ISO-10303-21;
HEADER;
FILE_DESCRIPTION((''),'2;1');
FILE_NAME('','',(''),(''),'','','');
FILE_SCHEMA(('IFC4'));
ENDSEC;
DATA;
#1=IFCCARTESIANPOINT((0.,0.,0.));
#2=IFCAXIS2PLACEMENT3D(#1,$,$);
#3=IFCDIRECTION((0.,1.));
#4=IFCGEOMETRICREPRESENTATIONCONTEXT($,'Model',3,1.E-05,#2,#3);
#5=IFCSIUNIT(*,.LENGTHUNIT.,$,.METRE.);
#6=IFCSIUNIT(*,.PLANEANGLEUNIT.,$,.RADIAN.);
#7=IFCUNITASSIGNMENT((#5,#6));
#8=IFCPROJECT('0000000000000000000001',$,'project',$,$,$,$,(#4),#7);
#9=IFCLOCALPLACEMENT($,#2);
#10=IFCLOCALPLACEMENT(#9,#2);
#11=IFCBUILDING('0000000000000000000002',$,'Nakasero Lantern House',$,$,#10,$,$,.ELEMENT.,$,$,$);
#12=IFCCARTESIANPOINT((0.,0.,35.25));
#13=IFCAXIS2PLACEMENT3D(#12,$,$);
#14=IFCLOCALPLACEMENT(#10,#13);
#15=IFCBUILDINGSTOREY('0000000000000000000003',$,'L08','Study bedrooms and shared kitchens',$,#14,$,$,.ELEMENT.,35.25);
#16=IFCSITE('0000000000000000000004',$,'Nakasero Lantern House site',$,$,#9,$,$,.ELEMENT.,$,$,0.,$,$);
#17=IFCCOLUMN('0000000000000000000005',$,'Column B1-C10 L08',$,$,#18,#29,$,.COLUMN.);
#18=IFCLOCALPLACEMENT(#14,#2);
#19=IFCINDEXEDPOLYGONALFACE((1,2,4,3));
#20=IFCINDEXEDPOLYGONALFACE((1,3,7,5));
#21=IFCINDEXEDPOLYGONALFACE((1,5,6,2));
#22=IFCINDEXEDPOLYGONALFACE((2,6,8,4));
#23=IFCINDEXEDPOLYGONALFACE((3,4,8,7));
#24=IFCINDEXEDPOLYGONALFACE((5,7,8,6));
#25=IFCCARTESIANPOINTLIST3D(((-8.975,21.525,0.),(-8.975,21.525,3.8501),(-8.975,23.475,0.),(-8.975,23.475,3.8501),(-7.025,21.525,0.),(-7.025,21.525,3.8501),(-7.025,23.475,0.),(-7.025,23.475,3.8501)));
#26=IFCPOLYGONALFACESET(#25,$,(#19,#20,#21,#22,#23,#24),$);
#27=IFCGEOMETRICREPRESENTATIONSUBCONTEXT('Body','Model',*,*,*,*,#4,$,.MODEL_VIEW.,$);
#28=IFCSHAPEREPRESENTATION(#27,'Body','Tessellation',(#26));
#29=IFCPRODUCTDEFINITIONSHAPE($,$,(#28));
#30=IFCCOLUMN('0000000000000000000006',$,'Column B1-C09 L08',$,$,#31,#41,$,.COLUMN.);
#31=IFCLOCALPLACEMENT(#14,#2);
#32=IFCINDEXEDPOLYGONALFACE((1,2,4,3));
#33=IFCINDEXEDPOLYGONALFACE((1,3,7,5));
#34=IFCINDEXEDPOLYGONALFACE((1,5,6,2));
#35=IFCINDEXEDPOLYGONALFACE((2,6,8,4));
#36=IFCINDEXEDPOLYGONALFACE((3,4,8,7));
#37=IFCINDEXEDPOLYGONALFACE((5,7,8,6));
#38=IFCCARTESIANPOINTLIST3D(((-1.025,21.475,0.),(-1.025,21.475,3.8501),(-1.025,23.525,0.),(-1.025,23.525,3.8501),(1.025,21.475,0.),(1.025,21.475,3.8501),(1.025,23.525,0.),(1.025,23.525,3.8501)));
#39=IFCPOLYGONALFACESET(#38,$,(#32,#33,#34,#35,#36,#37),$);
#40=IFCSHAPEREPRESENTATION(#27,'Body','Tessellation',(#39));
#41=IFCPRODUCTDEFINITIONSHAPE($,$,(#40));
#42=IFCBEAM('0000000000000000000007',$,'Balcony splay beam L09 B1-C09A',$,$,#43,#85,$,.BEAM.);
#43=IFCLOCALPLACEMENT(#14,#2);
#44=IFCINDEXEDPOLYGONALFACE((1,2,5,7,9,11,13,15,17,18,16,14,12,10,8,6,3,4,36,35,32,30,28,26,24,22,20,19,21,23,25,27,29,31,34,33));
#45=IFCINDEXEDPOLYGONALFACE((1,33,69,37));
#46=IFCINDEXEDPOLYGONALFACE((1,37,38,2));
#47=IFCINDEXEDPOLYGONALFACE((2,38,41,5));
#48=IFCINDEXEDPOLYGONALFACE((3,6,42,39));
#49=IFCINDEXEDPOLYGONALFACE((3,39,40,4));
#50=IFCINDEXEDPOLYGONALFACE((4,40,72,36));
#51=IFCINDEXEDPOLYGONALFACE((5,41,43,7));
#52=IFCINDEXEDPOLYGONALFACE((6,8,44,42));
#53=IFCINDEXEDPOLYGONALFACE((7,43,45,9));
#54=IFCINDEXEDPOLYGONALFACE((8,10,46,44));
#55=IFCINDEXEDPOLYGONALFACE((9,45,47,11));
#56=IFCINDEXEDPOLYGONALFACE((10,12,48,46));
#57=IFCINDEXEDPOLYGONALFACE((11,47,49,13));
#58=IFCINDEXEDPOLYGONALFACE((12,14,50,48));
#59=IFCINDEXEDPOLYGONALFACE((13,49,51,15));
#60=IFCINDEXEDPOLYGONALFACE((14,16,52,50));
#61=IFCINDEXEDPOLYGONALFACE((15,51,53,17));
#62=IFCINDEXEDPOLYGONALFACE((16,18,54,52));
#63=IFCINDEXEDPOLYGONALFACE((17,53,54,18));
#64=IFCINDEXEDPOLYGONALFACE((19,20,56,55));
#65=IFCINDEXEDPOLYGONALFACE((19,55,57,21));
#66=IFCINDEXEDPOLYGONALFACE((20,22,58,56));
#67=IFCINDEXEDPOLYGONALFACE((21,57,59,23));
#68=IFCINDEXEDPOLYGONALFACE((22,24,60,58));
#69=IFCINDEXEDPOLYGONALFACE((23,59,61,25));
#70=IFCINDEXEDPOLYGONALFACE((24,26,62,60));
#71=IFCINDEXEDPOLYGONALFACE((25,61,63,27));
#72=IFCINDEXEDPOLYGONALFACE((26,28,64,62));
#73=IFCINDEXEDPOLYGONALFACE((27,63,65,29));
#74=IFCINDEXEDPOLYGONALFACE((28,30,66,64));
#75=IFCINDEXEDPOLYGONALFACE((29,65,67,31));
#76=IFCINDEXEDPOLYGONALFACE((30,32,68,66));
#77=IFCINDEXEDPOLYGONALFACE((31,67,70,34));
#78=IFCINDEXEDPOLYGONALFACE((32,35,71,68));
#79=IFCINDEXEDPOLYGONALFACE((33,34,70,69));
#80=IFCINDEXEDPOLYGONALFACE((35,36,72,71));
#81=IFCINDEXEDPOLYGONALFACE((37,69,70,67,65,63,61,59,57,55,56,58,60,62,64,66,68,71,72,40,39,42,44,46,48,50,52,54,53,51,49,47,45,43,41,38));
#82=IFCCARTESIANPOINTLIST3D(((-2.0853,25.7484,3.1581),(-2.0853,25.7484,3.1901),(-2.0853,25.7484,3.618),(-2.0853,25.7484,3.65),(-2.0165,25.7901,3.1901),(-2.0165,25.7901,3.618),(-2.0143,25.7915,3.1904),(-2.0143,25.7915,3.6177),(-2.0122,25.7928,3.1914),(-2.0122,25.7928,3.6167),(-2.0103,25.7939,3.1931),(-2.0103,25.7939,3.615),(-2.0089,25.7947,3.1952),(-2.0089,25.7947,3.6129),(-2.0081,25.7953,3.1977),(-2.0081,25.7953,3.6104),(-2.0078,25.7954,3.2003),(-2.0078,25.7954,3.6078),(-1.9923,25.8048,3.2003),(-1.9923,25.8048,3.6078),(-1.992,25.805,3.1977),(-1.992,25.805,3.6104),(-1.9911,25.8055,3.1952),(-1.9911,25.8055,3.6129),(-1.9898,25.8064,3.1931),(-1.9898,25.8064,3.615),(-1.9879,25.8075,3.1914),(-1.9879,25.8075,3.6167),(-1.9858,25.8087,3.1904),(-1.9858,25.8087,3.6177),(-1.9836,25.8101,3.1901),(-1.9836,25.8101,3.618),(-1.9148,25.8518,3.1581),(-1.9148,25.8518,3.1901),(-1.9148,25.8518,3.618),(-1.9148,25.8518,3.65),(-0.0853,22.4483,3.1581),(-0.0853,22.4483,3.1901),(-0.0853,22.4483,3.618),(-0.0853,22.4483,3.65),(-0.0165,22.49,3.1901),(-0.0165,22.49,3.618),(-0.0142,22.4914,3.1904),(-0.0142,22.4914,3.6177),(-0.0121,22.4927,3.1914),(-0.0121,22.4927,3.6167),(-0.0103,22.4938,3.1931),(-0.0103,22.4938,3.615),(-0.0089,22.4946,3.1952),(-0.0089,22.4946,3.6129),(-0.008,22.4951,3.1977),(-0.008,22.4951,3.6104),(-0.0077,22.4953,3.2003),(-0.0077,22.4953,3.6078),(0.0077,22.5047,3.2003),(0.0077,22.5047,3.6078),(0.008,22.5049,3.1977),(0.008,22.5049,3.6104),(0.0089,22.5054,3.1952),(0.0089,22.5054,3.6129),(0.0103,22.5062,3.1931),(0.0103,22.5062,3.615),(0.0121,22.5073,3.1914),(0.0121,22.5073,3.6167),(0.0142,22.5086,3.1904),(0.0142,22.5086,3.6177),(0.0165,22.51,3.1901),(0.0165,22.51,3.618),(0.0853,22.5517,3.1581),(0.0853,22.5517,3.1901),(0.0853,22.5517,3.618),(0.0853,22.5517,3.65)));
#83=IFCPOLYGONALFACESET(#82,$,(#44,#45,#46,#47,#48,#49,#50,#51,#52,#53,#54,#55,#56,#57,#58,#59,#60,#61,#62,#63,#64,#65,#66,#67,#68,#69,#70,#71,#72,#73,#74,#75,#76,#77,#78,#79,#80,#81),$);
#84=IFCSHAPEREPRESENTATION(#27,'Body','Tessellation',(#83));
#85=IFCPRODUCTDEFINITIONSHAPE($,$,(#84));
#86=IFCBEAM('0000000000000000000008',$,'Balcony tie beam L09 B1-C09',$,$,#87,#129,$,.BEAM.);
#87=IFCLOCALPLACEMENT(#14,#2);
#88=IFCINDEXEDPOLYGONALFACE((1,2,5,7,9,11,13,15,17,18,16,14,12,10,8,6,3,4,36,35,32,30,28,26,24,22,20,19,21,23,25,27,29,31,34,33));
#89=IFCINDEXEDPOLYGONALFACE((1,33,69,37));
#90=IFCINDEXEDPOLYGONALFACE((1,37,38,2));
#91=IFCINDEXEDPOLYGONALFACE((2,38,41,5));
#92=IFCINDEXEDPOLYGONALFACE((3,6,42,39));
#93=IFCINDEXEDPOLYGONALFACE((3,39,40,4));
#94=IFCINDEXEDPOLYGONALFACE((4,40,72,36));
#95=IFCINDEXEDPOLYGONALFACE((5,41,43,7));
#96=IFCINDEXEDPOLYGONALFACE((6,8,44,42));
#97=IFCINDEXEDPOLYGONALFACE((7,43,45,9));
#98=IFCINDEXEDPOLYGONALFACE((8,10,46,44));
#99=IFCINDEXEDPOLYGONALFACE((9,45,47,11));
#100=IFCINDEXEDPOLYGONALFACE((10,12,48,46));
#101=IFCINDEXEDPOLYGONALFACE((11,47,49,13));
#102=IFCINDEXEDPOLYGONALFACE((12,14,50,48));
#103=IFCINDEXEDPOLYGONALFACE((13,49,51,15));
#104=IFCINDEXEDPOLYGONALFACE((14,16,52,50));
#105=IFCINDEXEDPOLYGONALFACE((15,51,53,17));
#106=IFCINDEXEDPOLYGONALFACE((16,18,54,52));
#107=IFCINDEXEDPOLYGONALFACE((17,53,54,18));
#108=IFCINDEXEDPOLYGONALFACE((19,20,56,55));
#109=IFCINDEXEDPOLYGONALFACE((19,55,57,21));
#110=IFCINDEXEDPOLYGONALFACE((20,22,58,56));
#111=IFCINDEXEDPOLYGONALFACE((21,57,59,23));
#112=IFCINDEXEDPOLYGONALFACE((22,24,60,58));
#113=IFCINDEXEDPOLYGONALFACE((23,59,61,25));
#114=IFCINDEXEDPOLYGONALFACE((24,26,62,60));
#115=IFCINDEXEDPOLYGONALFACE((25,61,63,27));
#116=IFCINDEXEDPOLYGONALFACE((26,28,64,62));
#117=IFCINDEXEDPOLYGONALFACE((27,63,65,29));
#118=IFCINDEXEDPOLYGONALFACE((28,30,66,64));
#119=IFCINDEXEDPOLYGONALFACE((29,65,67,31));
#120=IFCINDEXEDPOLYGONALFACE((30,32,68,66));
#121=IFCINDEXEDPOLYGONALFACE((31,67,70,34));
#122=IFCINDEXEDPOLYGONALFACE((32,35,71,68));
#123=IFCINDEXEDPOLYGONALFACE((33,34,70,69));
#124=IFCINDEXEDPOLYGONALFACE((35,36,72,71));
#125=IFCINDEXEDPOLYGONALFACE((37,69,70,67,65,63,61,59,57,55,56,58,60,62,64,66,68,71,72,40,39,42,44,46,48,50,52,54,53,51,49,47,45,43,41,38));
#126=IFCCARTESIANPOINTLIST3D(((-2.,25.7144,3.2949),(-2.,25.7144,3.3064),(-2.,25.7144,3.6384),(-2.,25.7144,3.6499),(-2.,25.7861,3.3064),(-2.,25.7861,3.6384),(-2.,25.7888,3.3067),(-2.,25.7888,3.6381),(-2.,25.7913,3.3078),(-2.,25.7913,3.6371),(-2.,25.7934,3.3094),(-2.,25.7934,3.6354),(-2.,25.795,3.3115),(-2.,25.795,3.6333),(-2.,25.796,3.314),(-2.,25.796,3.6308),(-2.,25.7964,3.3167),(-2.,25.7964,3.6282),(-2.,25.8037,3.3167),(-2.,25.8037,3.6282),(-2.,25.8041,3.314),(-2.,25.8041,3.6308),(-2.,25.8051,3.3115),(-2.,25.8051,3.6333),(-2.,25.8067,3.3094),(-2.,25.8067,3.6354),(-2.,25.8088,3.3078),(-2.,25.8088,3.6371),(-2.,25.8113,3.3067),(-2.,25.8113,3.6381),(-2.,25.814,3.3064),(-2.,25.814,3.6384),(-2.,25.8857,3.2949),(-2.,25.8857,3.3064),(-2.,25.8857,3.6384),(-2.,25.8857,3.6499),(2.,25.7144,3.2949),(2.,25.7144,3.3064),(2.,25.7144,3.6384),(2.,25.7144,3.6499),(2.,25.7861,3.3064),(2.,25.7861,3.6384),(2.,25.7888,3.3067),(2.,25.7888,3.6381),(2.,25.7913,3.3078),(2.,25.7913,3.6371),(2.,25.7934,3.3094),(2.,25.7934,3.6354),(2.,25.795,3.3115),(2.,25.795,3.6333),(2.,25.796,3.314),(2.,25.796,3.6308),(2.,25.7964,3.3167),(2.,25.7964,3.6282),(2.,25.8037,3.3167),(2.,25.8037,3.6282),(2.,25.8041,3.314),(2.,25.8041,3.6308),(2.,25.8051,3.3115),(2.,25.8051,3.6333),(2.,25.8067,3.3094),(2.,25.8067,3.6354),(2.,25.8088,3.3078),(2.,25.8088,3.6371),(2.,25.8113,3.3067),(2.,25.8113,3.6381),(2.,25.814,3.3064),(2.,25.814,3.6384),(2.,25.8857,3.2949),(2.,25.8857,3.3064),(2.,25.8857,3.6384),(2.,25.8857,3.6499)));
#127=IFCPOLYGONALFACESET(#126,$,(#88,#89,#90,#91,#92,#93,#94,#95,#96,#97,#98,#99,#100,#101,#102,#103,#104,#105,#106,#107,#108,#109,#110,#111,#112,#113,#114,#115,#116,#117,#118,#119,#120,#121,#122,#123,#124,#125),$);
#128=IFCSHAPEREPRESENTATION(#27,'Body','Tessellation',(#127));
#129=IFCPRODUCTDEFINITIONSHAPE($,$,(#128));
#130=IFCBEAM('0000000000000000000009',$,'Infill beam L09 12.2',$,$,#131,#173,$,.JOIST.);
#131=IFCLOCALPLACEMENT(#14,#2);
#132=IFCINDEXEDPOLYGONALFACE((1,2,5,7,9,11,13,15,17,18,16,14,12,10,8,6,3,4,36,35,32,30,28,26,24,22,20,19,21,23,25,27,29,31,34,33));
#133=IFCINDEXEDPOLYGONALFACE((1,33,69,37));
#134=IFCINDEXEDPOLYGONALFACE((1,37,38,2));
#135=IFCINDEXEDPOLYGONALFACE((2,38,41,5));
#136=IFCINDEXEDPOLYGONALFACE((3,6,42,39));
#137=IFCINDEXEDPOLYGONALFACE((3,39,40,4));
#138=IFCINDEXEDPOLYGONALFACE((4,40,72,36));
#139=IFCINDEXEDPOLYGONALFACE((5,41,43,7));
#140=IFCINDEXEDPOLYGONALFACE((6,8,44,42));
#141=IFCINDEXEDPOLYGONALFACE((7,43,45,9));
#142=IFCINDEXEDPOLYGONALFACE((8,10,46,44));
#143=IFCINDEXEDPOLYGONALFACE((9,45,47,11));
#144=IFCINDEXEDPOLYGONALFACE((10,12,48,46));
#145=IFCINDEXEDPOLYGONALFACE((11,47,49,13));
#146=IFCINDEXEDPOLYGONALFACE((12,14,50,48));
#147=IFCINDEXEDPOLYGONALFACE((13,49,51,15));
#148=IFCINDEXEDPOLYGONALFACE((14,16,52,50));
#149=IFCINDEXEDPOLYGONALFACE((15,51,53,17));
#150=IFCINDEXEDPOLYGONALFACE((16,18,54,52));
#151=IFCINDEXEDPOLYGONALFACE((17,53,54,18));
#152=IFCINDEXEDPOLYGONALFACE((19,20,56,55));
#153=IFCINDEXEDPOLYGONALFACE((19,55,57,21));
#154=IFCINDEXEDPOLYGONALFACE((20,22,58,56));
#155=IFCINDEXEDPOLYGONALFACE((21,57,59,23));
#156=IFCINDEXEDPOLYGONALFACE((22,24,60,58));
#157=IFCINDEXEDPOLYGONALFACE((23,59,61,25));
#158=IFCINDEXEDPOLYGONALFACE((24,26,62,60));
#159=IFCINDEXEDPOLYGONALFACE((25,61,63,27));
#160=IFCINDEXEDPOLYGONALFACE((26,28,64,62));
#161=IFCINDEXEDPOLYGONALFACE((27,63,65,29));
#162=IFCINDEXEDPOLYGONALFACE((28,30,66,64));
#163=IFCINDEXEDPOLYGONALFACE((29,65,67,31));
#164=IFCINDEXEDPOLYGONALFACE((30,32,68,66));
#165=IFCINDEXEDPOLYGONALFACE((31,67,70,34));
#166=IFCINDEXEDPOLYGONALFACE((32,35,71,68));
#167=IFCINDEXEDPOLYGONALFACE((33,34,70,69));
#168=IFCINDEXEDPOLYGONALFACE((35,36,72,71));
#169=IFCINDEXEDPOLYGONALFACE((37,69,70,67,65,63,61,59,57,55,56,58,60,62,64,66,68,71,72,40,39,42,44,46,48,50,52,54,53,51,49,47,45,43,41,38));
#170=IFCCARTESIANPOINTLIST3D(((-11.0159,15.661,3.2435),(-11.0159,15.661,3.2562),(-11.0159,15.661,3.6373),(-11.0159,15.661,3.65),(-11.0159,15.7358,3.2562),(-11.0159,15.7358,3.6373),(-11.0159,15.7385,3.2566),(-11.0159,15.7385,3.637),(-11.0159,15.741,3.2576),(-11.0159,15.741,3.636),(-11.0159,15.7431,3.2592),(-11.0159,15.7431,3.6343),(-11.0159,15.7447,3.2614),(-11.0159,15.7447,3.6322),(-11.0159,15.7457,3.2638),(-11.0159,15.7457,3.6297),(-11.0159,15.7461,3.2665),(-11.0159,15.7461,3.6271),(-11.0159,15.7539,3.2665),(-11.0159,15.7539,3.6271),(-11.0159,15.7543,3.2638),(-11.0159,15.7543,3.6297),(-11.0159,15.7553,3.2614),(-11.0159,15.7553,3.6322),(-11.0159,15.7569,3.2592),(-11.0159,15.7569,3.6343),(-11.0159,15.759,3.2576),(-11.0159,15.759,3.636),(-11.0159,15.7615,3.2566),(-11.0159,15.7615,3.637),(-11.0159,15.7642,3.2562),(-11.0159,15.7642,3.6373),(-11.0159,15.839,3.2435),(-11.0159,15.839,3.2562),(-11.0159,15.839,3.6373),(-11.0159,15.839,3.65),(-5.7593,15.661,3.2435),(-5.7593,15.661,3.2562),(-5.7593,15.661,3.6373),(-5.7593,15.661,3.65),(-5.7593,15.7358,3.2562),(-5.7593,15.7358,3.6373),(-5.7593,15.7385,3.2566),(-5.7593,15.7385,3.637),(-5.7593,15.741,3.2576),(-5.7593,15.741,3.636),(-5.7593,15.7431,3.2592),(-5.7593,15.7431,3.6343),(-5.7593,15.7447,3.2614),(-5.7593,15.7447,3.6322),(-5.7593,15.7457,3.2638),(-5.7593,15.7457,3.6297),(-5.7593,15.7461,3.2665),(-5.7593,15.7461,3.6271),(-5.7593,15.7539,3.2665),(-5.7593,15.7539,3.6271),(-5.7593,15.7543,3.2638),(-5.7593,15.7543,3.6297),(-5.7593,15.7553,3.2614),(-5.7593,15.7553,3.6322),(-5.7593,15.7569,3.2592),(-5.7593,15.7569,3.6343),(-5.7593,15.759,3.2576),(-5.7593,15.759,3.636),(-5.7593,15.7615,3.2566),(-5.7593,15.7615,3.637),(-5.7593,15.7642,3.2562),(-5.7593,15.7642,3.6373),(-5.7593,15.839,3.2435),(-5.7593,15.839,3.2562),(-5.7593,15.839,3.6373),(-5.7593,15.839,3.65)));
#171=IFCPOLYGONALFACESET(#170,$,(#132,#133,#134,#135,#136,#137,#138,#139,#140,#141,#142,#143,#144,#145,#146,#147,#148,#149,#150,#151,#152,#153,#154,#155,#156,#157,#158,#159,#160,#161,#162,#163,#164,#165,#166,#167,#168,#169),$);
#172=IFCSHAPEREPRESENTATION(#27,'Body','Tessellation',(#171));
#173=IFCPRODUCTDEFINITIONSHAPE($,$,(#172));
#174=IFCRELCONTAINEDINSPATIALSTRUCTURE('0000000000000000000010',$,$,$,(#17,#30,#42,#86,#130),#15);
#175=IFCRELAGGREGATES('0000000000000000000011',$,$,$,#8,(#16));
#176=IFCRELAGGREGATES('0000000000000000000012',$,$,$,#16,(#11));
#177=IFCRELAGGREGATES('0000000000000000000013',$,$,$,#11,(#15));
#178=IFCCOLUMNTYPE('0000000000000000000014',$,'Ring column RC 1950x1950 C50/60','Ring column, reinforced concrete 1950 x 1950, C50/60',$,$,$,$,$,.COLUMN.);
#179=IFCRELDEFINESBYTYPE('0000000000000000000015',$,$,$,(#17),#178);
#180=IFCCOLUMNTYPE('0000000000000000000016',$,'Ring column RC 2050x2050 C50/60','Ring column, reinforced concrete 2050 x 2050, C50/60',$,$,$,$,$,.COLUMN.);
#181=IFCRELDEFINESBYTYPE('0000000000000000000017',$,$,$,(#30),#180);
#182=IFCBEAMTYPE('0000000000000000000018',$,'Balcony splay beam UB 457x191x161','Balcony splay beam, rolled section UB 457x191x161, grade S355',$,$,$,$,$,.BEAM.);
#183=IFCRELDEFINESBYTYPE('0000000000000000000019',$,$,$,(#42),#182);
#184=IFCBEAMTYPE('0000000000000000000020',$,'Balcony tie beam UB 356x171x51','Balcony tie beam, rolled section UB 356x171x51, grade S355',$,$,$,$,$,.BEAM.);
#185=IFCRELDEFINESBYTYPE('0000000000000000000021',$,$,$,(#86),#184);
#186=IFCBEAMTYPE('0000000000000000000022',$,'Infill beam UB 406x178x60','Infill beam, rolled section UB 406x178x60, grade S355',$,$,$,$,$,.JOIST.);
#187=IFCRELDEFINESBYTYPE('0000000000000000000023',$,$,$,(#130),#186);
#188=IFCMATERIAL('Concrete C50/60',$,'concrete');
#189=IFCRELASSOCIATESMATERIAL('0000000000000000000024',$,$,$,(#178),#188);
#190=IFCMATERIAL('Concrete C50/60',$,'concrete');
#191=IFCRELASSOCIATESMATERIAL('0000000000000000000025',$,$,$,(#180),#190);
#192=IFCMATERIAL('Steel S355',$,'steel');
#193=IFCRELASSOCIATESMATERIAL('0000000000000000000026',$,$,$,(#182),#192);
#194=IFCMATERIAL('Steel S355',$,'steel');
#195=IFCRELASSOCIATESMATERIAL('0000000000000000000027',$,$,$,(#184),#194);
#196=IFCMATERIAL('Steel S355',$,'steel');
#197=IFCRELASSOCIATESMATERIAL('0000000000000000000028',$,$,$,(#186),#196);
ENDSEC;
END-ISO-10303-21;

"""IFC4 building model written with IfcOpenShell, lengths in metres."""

from ifc_helpers import new_model, si_unit, direction, frame, origin, origin_2d, place, context, subcontext, project, spatial, rectangle, i_section, extrude, material, material_profile, profile_set, type_object, element, save


model = new_model("IFC4")

# Units and contexts
model_context = context("Model", 3, precision=1e-05, world=origin(), true_north=direction((0.0, 1.0)))
body_context = subcontext(model_context, "Body", "Model", "MODEL_VIEW")
ifc_project = project(units=[si_unit("LENGTHUNIT", "METRE"), si_unit("PLANEANGLEUNIT", "RADIAN")], contexts=[model_context])

# Site, building, storey
site_placement = place(None, origin())
site = spatial("IfcSite", under=ifc_project, at=site_placement, Name="Nakasero Lantern House site", CompositionType="ELEMENT", RefElevation=0.0)
building_placement = place(site_placement, origin())
building = spatial("IfcBuilding", under=site, at=building_placement, Name="Nakasero Lantern House", CompositionType="ELEMENT")
storey_placement = place(building_placement, frame((0.0, 0.0, 35.25)))
storey = spatial("IfcBuildingStorey", under=building, at=storey_placement, Name="L08", Description="Study bedrooms and shared kitchens", CompositionType="ELEMENT", Elevation=35.25)

# Columns
ifc_material_1 = material(Name="Concrete C50/60", Category="concrete")
ifc_material_profile_1 = material_profile(ifc_material_1, rectangle(XDim=1.95, YDim=1.95, at=origin_2d()), Name="RC 1950x1950")
ifc_profile_set_1 = profile_set([ifc_material_profile_1], Name="Concrete C50/60")
column_type_1 = type_object("IfcColumnType", Name="Ring column RC 1950x1950 C50/60", Description="Ring column, reinforced concrete 1950 x 1950, C50/60", PredefinedType="COLUMN", material=ifc_profile_set_1)
column_1_placement = place(storey_placement, frame((-8.0, 22.5, 0.0), z_axis=(0.0, 0.0, 1.0), x_axis=(1.0, 0.0, 0.0)))
element("IfcColumn", 1, at=column_1_placement, inside=storey, type_object=column_type_1, Name="Column B1-C10 L08", PredefinedType="COLUMN", context=body_context, shape_type="SweptSolid", body=[
    extrude(rectangle(XDim=1.95, YDim=1.95, at=origin_2d()), origin(), (0.0, 0.0, 1.0), 3.8501),
])
ifc_material_2 = material(Name="Concrete C50/60", Category="concrete")
ifc_material_profile_2 = material_profile(ifc_material_2, rectangle(XDim=2.05, YDim=2.05, at=origin_2d()), Name="RC 2050x2050")
ifc_profile_set_2 = profile_set([ifc_material_profile_2], Name="Concrete C50/60")
column_type_2 = type_object("IfcColumnType", Name="Ring column RC 2050x2050 C50/60", Description="Ring column, reinforced concrete 2050 x 2050, C50/60", PredefinedType="COLUMN", material=ifc_profile_set_2)
column_2_placement = place(storey_placement, frame((0.0, 22.5, 0.0), z_axis=(0.0, 0.0, 1.0), x_axis=(1.0, 0.0, 0.0)))
element("IfcColumn", 2, at=column_2_placement, inside=storey, type_object=column_type_2, Name="Column B1-C09 L08", PredefinedType="COLUMN", context=body_context, shape_type="SweptSolid", body=[
    extrude(rectangle(XDim=2.05, YDim=2.05, at=origin_2d()), origin(), (0.0, 0.0, 1.0), 3.8501),
])

# Beams
ifc_material_3 = material(Name="Steel S355", Category="steel")
ifc_material_profile_3 = material_profile(ifc_material_3, i_section(OverallWidth=0.1995, OverallDepth=0.4919, WebThickness=0.0181, FlangeThickness=0.032, FilletRadius=0.0103, at=origin_2d()), Name="UB 457x191x161")
ifc_profile_set_3 = profile_set([ifc_material_profile_3], Name="Steel S355")
beam_type_1 = type_object("IfcBeamType", Name="Balcony splay beam UB 457x191x161", Description="Balcony splay beam, rolled section UB 457x191x161, grade S355", PredefinedType="BEAM", material=ifc_profile_set_3)
beam_1_placement = place(storey_placement, frame((0.0, 22.5, 3.4041), z_axis=(-0.518296, 0.855201, 0.0), x_axis=(-0.855201, -0.518296, 0.0)))
element("IfcBeam", 3, at=beam_1_placement, inside=storey, type_object=beam_type_1, Name="Balcony splay beam L09 B1-C09A", PredefinedType="BEAM", context=body_context, shape_type="SweptSolid", body=[
    extrude(i_section(OverallWidth=0.1995, OverallDepth=0.4919, WebThickness=0.0181, FlangeThickness=0.032, FilletRadius=0.0103, at=origin_2d()), origin(), (0.0, 0.0, 1.0), 3.8589),
])
ifc_material_4 = material(Name="Steel S355", Category="steel")
ifc_material_profile_4 = material_profile(ifc_material_4, i_section(OverallWidth=0.1714, OverallDepth=0.355, WebThickness=0.0073, FlangeThickness=0.0115, FilletRadius=0.0103, at=origin_2d()), Name="UB 356x171x51")
ifc_profile_set_4 = profile_set([ifc_material_profile_4], Name="Steel S355")
beam_type_2 = type_object("IfcBeamType", Name="Balcony tie beam UB 356x171x51", Description="Balcony tie beam, rolled section UB 356x171x51, grade S355", PredefinedType="BEAM", material=ifc_profile_set_4)
beam_2_placement = place(storey_placement, frame((-2.0, 25.8, 3.4724), z_axis=(1.0, 0.0, 0.0), x_axis=(0.0, 1.0, 0.0)))
element("IfcBeam", 4, at=beam_2_placement, inside=storey, type_object=beam_type_2, Name="Balcony tie beam L09 B1-C09", PredefinedType="BEAM", context=body_context, shape_type="SweptSolid", body=[
    extrude(i_section(OverallWidth=0.1714, OverallDepth=0.355, WebThickness=0.0073, FlangeThickness=0.0115, FilletRadius=0.0103, at=origin_2d()), origin(), (0.0, 0.0, 1.0), 4.0),
])
ifc_material_5 = material(Name="Steel S355", Category="steel")
ifc_material_profile_5 = material_profile(ifc_material_5, i_section(OverallWidth=0.178, OverallDepth=0.4065, WebThickness=0.0078, FlangeThickness=0.0127, FilletRadius=0.0103, at=origin_2d()), Name="UB 406x178x60")
ifc_profile_set_5 = profile_set([ifc_material_profile_5], Name="Steel S355")
beam_type_3 = type_object("IfcBeamType", Name="Infill beam UB 406x178x60", Description="Infill beam, rolled section UB 406x178x60, grade S355", PredefinedType="JOIST", material=ifc_profile_set_5)
beam_3_placement = place(storey_placement, frame((-11.0159, 15.75, 3.4468), z_axis=(1.0, 0.0, 0.0), x_axis=(0.0, 1.0, 0.0)))
element("IfcBeam", 5, at=beam_3_placement, inside=storey, type_object=beam_type_3, Name="Infill beam L09 12.2", PredefinedType="JOIST", context=body_context, shape_type="SweptSolid", body=[
    extrude(i_section(OverallWidth=0.178, OverallDepth=0.4065, WebThickness=0.0078, FlangeThickness=0.0127, FilletRadius=0.0103, at=origin_2d()), origin(), (0.0, 0.0, 1.0), 5.2566),
])

save(model, "model.ifc")
